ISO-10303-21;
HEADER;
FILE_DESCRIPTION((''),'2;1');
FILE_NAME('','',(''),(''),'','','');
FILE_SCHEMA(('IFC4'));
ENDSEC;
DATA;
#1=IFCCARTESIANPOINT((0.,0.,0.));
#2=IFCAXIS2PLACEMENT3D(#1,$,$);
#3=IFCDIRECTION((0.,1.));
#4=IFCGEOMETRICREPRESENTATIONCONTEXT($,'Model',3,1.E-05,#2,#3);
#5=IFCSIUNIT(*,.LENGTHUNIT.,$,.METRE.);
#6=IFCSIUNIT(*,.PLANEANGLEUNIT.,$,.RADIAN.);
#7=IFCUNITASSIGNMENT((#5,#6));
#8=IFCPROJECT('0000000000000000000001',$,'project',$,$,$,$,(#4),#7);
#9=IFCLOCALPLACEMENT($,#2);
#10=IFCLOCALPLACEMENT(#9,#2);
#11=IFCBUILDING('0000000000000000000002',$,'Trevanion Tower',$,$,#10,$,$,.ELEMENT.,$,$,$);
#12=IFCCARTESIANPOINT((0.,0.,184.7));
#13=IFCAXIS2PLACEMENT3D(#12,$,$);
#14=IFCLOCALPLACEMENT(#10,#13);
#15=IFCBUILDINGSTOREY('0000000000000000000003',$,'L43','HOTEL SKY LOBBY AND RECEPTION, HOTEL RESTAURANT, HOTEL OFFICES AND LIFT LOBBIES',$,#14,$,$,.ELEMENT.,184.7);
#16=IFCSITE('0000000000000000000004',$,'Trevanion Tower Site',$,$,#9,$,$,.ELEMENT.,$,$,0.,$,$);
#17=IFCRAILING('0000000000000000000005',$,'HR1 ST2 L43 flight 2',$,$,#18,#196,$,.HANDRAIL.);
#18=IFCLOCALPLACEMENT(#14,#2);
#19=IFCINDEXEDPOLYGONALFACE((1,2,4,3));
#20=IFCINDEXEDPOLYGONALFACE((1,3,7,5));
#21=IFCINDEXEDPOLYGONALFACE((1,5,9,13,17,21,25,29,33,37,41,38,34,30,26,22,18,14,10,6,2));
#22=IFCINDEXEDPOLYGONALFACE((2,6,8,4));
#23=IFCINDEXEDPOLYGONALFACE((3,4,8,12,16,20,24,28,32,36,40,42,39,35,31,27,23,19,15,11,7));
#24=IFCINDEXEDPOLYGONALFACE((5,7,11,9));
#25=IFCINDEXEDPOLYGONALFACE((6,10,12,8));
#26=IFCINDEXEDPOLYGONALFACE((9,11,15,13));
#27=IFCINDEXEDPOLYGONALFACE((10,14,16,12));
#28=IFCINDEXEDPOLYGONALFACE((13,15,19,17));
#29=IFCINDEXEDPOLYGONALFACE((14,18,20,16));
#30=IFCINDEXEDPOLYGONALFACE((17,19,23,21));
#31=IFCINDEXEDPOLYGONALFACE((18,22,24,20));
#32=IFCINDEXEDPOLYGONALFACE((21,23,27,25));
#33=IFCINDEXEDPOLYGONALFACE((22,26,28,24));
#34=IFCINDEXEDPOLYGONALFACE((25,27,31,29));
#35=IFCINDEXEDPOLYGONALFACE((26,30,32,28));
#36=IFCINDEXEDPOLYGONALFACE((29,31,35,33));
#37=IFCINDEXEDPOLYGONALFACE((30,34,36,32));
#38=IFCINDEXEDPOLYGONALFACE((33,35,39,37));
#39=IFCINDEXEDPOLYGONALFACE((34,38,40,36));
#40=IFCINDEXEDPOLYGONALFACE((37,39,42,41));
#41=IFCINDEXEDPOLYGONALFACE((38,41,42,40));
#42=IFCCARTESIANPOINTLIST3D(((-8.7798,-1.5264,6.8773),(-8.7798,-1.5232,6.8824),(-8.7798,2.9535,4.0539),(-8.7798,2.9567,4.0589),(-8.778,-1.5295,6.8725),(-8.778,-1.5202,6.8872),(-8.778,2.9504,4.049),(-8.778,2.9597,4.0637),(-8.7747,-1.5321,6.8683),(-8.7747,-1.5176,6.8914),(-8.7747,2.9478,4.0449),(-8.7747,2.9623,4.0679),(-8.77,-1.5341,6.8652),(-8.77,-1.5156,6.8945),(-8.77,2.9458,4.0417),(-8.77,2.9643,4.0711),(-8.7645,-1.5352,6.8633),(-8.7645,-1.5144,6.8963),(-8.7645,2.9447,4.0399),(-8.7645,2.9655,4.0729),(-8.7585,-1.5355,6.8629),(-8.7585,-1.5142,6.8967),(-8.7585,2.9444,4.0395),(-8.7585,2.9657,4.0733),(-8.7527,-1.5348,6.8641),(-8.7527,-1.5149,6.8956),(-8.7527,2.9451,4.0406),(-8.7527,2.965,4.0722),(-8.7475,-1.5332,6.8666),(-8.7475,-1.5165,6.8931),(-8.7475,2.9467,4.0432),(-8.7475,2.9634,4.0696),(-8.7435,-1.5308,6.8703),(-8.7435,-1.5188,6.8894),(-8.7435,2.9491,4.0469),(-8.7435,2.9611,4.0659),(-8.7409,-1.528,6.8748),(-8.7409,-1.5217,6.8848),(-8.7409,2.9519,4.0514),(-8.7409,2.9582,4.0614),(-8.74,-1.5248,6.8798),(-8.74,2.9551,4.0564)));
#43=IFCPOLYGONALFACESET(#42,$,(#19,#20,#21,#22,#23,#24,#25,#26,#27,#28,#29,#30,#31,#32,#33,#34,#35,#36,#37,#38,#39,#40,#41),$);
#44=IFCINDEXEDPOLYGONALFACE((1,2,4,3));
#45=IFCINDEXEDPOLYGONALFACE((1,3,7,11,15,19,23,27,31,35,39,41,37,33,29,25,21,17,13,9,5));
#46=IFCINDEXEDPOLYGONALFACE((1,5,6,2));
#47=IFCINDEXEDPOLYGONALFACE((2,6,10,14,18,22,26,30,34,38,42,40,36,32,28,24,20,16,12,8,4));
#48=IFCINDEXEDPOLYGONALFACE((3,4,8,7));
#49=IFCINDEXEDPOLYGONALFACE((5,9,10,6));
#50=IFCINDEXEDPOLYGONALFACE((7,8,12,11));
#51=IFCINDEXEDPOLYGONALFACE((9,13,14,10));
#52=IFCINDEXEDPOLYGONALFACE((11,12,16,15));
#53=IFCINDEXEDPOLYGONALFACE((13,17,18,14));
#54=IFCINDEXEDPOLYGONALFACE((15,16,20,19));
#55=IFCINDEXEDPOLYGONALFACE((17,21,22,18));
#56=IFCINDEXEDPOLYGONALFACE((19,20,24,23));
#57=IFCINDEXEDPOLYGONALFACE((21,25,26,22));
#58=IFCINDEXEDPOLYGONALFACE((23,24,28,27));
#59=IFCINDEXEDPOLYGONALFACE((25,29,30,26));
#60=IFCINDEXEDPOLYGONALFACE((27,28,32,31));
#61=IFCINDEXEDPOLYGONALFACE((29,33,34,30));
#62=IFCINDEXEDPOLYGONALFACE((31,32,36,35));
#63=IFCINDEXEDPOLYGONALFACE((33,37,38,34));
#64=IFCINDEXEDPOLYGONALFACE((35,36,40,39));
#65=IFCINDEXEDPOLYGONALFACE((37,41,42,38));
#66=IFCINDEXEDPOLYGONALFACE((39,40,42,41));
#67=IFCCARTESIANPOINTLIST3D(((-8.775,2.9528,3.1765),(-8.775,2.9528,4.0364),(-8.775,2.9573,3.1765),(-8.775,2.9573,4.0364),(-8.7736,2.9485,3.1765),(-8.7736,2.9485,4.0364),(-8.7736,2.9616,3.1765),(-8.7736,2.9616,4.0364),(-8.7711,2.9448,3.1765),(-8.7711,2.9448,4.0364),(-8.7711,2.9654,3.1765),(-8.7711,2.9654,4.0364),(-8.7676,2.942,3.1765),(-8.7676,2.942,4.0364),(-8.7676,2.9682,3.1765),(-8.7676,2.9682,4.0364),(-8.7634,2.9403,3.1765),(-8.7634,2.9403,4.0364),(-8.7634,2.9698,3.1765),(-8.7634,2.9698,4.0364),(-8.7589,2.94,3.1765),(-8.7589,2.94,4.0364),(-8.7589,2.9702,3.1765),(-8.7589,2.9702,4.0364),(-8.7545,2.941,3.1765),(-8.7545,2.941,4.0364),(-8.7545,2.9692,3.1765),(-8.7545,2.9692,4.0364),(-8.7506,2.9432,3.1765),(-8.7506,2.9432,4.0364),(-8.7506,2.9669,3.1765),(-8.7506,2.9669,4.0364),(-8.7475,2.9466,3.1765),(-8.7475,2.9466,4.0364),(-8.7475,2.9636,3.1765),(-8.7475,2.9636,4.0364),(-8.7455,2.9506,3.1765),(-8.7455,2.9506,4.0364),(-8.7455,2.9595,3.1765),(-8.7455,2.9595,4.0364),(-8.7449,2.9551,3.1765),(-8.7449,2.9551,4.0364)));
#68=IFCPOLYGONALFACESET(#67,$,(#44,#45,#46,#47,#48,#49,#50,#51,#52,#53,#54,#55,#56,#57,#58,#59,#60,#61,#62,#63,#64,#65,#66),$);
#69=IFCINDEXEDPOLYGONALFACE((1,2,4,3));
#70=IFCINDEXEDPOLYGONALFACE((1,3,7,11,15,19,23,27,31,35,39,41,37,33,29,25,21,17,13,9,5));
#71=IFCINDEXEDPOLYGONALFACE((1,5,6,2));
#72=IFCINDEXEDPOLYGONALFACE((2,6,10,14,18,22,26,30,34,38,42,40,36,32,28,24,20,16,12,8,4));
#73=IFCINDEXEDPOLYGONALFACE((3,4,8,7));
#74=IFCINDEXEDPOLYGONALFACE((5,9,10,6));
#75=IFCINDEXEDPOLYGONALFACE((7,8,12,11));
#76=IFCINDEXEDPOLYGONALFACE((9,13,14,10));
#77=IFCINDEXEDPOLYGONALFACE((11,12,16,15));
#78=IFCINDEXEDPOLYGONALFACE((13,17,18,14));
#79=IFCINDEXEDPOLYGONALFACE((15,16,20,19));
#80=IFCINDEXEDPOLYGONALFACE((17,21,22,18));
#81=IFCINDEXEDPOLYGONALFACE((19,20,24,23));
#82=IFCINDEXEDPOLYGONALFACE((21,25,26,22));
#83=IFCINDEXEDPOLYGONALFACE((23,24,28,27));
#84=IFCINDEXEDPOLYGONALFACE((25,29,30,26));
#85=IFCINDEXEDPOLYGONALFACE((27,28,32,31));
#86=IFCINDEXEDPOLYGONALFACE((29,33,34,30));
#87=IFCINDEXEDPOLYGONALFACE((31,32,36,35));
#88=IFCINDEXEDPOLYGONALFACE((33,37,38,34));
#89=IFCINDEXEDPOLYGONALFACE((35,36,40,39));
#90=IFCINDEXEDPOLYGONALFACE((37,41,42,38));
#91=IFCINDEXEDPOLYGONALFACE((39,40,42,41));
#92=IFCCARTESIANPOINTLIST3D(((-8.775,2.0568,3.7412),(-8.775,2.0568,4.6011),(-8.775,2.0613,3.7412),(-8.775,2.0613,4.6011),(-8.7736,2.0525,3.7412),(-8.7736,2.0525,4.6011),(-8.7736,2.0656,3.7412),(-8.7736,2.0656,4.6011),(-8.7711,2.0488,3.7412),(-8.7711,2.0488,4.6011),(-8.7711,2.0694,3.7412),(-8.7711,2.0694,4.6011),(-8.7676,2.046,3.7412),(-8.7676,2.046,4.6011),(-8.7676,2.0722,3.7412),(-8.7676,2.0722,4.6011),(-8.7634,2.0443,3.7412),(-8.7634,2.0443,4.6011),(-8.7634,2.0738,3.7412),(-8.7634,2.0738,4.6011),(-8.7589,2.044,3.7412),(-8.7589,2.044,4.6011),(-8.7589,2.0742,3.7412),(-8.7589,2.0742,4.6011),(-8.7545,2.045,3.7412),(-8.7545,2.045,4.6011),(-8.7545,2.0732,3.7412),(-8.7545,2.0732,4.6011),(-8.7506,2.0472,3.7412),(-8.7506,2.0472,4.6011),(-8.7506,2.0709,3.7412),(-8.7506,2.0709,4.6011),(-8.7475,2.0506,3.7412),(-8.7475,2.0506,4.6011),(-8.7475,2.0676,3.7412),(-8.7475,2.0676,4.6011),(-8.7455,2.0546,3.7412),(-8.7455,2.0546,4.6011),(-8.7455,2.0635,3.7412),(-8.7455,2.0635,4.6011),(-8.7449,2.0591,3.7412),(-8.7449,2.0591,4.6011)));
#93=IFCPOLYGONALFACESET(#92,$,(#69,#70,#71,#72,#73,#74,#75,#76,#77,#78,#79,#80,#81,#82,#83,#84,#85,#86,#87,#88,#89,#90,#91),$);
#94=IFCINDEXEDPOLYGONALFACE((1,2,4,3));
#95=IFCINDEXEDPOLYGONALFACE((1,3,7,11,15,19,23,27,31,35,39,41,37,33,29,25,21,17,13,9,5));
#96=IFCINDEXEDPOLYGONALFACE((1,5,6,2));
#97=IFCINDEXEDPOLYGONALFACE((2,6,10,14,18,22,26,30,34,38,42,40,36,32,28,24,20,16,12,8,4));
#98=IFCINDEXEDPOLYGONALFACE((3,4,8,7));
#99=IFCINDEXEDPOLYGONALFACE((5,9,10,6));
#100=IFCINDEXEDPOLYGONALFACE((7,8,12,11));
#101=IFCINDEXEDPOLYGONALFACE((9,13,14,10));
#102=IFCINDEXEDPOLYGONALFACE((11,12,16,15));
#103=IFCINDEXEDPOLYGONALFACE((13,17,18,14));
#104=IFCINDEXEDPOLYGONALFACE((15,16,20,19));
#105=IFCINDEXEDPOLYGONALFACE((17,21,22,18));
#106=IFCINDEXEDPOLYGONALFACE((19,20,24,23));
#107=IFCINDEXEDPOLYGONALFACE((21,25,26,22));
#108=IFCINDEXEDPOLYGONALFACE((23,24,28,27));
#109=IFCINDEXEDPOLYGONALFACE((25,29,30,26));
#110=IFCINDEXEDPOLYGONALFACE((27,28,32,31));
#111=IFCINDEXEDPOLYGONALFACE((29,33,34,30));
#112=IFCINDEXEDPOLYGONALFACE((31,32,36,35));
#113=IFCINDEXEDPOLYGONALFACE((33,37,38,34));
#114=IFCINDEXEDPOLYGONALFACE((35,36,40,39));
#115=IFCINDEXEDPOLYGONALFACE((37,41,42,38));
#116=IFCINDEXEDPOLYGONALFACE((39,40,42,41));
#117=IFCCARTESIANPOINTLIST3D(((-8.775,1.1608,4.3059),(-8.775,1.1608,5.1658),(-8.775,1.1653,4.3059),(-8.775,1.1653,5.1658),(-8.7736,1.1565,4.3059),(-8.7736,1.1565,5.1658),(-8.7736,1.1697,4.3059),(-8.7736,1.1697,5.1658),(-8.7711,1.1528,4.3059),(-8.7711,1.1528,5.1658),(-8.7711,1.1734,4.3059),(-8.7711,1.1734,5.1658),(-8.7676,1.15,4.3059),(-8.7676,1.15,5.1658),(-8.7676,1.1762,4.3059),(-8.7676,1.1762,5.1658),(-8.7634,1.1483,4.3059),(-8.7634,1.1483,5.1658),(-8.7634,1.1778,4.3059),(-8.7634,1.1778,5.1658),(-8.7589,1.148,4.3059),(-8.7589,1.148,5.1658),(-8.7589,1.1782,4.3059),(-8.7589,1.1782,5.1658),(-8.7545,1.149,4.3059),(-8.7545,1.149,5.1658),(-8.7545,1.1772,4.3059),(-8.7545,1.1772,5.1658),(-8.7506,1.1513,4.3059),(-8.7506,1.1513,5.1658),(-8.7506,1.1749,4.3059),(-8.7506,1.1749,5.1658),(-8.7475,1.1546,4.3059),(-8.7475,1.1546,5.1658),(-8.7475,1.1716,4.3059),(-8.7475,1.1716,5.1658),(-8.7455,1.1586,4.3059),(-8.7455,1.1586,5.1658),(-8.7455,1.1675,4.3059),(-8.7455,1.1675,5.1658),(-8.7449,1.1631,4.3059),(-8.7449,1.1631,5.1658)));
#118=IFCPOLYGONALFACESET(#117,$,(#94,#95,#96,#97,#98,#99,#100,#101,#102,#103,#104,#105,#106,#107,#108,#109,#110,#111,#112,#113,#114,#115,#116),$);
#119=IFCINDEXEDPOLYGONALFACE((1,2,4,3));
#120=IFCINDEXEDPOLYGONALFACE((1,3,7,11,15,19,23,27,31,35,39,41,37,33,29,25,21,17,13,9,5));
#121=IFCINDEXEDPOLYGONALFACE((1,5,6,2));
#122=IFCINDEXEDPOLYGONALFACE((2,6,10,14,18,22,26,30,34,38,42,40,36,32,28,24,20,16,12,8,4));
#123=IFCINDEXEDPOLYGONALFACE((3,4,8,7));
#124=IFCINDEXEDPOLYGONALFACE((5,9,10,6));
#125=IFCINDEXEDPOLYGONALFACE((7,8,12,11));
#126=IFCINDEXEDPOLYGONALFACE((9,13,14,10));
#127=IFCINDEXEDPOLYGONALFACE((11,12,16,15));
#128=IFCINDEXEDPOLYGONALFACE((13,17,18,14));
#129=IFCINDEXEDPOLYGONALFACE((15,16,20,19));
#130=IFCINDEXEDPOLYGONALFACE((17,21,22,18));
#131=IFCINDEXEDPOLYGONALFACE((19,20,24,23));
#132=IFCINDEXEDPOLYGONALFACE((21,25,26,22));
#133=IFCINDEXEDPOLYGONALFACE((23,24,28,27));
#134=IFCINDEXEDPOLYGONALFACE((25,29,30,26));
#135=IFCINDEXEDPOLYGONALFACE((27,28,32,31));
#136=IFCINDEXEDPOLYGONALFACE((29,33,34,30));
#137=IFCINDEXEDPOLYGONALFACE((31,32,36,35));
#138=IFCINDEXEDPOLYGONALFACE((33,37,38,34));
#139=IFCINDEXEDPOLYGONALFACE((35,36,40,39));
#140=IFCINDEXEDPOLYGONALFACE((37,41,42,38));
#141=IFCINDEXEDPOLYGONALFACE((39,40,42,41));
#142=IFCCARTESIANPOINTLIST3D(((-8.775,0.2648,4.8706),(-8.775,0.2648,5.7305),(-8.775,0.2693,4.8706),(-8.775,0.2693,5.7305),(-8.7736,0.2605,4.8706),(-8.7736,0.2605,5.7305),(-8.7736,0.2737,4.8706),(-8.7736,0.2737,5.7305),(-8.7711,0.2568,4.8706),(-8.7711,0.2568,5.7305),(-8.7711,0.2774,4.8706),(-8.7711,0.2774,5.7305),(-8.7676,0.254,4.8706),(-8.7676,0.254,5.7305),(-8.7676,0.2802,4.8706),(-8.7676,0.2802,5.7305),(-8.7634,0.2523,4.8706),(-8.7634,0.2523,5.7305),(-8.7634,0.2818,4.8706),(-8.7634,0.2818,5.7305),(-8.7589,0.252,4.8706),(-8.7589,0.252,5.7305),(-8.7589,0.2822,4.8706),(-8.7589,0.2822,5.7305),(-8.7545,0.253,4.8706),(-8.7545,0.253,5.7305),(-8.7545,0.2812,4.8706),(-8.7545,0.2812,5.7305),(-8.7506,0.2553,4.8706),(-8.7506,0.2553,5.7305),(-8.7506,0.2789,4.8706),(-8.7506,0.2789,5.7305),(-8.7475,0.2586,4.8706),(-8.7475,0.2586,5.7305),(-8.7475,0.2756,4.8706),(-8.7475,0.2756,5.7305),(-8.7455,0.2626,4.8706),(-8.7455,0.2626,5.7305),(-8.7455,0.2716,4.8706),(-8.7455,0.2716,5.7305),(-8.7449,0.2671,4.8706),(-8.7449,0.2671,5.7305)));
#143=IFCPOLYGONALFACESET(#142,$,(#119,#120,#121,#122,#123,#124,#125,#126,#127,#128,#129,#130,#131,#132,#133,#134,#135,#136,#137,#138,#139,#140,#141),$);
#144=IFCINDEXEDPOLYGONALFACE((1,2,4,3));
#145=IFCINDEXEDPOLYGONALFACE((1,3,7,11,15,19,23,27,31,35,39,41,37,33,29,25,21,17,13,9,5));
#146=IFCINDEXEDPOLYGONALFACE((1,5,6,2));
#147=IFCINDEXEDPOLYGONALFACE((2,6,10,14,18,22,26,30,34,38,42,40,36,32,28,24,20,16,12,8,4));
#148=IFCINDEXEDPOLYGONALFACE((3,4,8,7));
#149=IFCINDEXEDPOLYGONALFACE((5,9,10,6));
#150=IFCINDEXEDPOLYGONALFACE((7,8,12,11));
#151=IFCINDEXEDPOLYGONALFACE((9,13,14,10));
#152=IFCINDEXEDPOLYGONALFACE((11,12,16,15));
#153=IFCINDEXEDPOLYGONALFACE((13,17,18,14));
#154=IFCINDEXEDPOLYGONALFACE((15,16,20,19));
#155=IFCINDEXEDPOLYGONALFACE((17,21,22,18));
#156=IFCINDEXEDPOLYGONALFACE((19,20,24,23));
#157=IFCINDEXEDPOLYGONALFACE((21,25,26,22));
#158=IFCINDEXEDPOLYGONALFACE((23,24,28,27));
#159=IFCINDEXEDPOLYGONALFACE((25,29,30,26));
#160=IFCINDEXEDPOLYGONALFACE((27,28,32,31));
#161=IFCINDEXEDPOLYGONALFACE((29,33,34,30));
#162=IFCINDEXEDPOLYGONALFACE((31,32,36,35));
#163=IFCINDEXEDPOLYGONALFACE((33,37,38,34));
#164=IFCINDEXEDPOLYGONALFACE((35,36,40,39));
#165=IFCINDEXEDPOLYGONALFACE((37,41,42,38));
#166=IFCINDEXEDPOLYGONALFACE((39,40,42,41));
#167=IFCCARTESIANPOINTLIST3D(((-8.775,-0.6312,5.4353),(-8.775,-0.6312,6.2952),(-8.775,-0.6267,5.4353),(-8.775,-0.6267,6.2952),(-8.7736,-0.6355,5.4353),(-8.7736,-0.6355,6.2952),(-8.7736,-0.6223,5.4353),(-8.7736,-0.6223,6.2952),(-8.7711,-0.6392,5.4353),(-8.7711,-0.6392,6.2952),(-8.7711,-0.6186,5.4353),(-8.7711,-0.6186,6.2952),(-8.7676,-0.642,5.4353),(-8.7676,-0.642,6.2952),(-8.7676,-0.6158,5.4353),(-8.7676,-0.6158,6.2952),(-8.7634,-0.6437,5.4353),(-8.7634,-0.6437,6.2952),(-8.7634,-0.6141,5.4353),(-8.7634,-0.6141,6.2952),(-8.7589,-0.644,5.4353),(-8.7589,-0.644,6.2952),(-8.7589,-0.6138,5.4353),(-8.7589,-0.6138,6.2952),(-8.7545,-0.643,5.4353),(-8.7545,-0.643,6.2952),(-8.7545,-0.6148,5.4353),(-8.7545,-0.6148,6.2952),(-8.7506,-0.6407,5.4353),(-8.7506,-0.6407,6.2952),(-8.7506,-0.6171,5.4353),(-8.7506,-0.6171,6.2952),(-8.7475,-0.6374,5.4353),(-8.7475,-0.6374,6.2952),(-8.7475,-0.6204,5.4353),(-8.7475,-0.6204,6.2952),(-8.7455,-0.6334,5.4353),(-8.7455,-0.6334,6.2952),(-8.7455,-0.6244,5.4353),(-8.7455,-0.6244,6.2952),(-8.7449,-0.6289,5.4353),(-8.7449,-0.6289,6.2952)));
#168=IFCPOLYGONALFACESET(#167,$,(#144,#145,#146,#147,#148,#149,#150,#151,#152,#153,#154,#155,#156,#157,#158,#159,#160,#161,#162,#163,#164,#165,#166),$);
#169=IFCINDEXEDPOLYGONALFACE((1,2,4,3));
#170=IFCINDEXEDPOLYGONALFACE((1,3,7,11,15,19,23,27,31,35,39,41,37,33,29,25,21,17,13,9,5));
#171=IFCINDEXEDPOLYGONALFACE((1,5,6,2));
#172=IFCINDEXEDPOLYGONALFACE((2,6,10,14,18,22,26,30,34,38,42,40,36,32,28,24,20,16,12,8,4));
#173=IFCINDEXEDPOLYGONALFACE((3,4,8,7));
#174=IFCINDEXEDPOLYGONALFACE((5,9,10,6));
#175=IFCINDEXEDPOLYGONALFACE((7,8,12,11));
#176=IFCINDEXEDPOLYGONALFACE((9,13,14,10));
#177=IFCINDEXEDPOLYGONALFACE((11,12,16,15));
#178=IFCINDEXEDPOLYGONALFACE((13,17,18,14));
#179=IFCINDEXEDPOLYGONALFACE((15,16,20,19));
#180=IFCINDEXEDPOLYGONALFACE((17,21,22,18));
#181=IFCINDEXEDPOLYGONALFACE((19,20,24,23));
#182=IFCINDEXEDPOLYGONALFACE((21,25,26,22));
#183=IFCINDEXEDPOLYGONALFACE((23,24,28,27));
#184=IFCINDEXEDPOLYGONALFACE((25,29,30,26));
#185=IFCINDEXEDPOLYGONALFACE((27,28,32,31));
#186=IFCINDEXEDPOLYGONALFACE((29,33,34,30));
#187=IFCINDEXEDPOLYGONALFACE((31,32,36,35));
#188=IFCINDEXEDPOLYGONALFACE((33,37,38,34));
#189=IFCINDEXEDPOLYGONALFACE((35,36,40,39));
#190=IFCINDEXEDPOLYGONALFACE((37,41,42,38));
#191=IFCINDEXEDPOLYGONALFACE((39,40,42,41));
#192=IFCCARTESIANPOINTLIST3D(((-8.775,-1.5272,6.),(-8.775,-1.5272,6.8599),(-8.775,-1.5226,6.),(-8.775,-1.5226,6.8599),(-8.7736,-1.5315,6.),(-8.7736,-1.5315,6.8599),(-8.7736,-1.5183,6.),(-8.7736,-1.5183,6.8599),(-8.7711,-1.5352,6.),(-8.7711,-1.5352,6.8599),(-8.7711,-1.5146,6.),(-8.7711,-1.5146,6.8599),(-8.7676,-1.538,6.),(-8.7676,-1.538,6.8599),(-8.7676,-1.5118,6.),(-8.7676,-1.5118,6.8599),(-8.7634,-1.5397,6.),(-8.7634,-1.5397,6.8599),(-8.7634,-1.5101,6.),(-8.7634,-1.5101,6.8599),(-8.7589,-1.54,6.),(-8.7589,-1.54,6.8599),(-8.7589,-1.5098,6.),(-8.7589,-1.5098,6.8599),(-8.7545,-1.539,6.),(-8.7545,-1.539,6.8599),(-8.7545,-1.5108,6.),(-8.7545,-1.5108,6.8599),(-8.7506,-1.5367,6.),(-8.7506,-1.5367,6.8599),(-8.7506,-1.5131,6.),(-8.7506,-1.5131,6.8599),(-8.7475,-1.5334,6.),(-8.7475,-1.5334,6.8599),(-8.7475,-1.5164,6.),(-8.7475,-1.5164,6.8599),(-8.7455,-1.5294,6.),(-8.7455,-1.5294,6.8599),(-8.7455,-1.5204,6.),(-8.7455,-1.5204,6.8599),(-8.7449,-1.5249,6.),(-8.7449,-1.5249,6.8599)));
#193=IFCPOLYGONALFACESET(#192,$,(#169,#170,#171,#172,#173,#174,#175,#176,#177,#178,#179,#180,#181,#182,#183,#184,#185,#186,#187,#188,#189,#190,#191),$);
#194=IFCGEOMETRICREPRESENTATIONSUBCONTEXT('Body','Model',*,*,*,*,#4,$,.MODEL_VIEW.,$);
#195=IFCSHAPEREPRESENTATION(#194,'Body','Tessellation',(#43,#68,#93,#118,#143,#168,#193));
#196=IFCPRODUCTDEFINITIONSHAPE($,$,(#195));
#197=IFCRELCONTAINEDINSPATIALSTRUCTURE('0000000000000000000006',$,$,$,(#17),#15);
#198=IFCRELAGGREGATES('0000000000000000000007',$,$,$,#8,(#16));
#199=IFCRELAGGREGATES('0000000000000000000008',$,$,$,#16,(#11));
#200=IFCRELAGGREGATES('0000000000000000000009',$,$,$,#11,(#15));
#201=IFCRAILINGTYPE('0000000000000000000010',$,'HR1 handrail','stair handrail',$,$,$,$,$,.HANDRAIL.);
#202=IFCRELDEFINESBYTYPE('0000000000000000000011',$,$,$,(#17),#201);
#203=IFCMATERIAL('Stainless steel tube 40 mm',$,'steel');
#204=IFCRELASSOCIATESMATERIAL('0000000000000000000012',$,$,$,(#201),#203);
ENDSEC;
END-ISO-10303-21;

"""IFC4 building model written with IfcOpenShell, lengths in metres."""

from ifc_helpers import new_model, si_unit, direction, frame, origin, origin_2d, place, context, subcontext, project, spatial, circle, extrude, material, type_object, element, save


model = new_model("IFC4")

# Units and contexts
model_context = context("Model", 3, precision=1e-05, world=origin(), true_north=direction((0.0, 1.0)))
body_context = subcontext(model_context, "Body", "Model", "MODEL_VIEW")
ifc_project = project(units=[si_unit("LENGTHUNIT", "METRE"), si_unit("PLANEANGLEUNIT", "RADIAN")], contexts=[model_context])

# Site, building, storey
site_placement = place(None, origin())
site = spatial("IfcSite", under=ifc_project, at=site_placement, Name="Trevanion Tower Site", CompositionType="ELEMENT", RefElevation=0.0)
building_placement = place(site_placement, origin())
building = spatial("IfcBuilding", under=site, at=building_placement, Name="Trevanion Tower", CompositionType="ELEMENT")
storey_placement = place(building_placement, frame((0.0, 0.0, 184.7)))
storey = spatial("IfcBuildingStorey", under=building, at=storey_placement, Name="L43", Description="HOTEL SKY LOBBY AND RECEPTION, HOTEL RESTAURANT, HOTEL OFFICES AND LIFT LOBBIES", CompositionType="ELEMENT", Elevation=184.7)

# Railing
ifc_material_1 = material(Name="Stainless steel tube 40 mm", Category="steel")
railing_type = type_object("IfcRailingType", Name="HR1 handrail", Description="stair handrail", PredefinedType="HANDRAIL", material=ifc_material_1)
for number, where, name in (
    (1, (-8.76, 2.9551, 3.1765), "HR1 ST2 L43 flight 2"),
):
    element("IfcRailing", number, at=place(storey_placement, frame(where)), inside=storey, type_object=railing_type, Name=name, PredefinedType="HANDRAIL", context=body_context, shape_type="SweptSolid", body=[
        extrude(circle(Radius=0.02, at=origin_2d()), frame((0.0, 0.0, 0.8799), z_axis=(0.0, -0.845998, 0.533186), x_axis=(1.0, 0.0, 0.0)), (0.0, 0.0, 1.0), 5.2954),
        extrude(circle(Radius=0.0151, at=origin_2d()), origin(), (0.0, 0.0, 1.0), 0.8599),
        extrude(circle(Radius=0.0151, at=origin_2d()), frame((0.0, -0.896, 0.5647)), (0.0, 0.0, 1.0), 0.8599),
        extrude(circle(Radius=0.0151, at=origin_2d()), frame((0.0, -1.792, 1.1294)), (0.0, 0.0, 1.0), 0.8599),
        extrude(circle(Radius=0.0151, at=origin_2d()), frame((0.0, -2.688, 1.6941)), (0.0, 0.0, 1.0), 0.8599),
        extrude(circle(Radius=0.0151, at=origin_2d()), frame((0.0, -3.584, 2.2588)), (0.0, 0.0, 1.0), 0.8599),
        extrude(circle(Radius=0.0151, at=origin_2d()), frame((0.0, -4.48, 2.8235)), (0.0, 0.0, 1.0), 0.8599),
    ])

save(model, "model.ifc")
